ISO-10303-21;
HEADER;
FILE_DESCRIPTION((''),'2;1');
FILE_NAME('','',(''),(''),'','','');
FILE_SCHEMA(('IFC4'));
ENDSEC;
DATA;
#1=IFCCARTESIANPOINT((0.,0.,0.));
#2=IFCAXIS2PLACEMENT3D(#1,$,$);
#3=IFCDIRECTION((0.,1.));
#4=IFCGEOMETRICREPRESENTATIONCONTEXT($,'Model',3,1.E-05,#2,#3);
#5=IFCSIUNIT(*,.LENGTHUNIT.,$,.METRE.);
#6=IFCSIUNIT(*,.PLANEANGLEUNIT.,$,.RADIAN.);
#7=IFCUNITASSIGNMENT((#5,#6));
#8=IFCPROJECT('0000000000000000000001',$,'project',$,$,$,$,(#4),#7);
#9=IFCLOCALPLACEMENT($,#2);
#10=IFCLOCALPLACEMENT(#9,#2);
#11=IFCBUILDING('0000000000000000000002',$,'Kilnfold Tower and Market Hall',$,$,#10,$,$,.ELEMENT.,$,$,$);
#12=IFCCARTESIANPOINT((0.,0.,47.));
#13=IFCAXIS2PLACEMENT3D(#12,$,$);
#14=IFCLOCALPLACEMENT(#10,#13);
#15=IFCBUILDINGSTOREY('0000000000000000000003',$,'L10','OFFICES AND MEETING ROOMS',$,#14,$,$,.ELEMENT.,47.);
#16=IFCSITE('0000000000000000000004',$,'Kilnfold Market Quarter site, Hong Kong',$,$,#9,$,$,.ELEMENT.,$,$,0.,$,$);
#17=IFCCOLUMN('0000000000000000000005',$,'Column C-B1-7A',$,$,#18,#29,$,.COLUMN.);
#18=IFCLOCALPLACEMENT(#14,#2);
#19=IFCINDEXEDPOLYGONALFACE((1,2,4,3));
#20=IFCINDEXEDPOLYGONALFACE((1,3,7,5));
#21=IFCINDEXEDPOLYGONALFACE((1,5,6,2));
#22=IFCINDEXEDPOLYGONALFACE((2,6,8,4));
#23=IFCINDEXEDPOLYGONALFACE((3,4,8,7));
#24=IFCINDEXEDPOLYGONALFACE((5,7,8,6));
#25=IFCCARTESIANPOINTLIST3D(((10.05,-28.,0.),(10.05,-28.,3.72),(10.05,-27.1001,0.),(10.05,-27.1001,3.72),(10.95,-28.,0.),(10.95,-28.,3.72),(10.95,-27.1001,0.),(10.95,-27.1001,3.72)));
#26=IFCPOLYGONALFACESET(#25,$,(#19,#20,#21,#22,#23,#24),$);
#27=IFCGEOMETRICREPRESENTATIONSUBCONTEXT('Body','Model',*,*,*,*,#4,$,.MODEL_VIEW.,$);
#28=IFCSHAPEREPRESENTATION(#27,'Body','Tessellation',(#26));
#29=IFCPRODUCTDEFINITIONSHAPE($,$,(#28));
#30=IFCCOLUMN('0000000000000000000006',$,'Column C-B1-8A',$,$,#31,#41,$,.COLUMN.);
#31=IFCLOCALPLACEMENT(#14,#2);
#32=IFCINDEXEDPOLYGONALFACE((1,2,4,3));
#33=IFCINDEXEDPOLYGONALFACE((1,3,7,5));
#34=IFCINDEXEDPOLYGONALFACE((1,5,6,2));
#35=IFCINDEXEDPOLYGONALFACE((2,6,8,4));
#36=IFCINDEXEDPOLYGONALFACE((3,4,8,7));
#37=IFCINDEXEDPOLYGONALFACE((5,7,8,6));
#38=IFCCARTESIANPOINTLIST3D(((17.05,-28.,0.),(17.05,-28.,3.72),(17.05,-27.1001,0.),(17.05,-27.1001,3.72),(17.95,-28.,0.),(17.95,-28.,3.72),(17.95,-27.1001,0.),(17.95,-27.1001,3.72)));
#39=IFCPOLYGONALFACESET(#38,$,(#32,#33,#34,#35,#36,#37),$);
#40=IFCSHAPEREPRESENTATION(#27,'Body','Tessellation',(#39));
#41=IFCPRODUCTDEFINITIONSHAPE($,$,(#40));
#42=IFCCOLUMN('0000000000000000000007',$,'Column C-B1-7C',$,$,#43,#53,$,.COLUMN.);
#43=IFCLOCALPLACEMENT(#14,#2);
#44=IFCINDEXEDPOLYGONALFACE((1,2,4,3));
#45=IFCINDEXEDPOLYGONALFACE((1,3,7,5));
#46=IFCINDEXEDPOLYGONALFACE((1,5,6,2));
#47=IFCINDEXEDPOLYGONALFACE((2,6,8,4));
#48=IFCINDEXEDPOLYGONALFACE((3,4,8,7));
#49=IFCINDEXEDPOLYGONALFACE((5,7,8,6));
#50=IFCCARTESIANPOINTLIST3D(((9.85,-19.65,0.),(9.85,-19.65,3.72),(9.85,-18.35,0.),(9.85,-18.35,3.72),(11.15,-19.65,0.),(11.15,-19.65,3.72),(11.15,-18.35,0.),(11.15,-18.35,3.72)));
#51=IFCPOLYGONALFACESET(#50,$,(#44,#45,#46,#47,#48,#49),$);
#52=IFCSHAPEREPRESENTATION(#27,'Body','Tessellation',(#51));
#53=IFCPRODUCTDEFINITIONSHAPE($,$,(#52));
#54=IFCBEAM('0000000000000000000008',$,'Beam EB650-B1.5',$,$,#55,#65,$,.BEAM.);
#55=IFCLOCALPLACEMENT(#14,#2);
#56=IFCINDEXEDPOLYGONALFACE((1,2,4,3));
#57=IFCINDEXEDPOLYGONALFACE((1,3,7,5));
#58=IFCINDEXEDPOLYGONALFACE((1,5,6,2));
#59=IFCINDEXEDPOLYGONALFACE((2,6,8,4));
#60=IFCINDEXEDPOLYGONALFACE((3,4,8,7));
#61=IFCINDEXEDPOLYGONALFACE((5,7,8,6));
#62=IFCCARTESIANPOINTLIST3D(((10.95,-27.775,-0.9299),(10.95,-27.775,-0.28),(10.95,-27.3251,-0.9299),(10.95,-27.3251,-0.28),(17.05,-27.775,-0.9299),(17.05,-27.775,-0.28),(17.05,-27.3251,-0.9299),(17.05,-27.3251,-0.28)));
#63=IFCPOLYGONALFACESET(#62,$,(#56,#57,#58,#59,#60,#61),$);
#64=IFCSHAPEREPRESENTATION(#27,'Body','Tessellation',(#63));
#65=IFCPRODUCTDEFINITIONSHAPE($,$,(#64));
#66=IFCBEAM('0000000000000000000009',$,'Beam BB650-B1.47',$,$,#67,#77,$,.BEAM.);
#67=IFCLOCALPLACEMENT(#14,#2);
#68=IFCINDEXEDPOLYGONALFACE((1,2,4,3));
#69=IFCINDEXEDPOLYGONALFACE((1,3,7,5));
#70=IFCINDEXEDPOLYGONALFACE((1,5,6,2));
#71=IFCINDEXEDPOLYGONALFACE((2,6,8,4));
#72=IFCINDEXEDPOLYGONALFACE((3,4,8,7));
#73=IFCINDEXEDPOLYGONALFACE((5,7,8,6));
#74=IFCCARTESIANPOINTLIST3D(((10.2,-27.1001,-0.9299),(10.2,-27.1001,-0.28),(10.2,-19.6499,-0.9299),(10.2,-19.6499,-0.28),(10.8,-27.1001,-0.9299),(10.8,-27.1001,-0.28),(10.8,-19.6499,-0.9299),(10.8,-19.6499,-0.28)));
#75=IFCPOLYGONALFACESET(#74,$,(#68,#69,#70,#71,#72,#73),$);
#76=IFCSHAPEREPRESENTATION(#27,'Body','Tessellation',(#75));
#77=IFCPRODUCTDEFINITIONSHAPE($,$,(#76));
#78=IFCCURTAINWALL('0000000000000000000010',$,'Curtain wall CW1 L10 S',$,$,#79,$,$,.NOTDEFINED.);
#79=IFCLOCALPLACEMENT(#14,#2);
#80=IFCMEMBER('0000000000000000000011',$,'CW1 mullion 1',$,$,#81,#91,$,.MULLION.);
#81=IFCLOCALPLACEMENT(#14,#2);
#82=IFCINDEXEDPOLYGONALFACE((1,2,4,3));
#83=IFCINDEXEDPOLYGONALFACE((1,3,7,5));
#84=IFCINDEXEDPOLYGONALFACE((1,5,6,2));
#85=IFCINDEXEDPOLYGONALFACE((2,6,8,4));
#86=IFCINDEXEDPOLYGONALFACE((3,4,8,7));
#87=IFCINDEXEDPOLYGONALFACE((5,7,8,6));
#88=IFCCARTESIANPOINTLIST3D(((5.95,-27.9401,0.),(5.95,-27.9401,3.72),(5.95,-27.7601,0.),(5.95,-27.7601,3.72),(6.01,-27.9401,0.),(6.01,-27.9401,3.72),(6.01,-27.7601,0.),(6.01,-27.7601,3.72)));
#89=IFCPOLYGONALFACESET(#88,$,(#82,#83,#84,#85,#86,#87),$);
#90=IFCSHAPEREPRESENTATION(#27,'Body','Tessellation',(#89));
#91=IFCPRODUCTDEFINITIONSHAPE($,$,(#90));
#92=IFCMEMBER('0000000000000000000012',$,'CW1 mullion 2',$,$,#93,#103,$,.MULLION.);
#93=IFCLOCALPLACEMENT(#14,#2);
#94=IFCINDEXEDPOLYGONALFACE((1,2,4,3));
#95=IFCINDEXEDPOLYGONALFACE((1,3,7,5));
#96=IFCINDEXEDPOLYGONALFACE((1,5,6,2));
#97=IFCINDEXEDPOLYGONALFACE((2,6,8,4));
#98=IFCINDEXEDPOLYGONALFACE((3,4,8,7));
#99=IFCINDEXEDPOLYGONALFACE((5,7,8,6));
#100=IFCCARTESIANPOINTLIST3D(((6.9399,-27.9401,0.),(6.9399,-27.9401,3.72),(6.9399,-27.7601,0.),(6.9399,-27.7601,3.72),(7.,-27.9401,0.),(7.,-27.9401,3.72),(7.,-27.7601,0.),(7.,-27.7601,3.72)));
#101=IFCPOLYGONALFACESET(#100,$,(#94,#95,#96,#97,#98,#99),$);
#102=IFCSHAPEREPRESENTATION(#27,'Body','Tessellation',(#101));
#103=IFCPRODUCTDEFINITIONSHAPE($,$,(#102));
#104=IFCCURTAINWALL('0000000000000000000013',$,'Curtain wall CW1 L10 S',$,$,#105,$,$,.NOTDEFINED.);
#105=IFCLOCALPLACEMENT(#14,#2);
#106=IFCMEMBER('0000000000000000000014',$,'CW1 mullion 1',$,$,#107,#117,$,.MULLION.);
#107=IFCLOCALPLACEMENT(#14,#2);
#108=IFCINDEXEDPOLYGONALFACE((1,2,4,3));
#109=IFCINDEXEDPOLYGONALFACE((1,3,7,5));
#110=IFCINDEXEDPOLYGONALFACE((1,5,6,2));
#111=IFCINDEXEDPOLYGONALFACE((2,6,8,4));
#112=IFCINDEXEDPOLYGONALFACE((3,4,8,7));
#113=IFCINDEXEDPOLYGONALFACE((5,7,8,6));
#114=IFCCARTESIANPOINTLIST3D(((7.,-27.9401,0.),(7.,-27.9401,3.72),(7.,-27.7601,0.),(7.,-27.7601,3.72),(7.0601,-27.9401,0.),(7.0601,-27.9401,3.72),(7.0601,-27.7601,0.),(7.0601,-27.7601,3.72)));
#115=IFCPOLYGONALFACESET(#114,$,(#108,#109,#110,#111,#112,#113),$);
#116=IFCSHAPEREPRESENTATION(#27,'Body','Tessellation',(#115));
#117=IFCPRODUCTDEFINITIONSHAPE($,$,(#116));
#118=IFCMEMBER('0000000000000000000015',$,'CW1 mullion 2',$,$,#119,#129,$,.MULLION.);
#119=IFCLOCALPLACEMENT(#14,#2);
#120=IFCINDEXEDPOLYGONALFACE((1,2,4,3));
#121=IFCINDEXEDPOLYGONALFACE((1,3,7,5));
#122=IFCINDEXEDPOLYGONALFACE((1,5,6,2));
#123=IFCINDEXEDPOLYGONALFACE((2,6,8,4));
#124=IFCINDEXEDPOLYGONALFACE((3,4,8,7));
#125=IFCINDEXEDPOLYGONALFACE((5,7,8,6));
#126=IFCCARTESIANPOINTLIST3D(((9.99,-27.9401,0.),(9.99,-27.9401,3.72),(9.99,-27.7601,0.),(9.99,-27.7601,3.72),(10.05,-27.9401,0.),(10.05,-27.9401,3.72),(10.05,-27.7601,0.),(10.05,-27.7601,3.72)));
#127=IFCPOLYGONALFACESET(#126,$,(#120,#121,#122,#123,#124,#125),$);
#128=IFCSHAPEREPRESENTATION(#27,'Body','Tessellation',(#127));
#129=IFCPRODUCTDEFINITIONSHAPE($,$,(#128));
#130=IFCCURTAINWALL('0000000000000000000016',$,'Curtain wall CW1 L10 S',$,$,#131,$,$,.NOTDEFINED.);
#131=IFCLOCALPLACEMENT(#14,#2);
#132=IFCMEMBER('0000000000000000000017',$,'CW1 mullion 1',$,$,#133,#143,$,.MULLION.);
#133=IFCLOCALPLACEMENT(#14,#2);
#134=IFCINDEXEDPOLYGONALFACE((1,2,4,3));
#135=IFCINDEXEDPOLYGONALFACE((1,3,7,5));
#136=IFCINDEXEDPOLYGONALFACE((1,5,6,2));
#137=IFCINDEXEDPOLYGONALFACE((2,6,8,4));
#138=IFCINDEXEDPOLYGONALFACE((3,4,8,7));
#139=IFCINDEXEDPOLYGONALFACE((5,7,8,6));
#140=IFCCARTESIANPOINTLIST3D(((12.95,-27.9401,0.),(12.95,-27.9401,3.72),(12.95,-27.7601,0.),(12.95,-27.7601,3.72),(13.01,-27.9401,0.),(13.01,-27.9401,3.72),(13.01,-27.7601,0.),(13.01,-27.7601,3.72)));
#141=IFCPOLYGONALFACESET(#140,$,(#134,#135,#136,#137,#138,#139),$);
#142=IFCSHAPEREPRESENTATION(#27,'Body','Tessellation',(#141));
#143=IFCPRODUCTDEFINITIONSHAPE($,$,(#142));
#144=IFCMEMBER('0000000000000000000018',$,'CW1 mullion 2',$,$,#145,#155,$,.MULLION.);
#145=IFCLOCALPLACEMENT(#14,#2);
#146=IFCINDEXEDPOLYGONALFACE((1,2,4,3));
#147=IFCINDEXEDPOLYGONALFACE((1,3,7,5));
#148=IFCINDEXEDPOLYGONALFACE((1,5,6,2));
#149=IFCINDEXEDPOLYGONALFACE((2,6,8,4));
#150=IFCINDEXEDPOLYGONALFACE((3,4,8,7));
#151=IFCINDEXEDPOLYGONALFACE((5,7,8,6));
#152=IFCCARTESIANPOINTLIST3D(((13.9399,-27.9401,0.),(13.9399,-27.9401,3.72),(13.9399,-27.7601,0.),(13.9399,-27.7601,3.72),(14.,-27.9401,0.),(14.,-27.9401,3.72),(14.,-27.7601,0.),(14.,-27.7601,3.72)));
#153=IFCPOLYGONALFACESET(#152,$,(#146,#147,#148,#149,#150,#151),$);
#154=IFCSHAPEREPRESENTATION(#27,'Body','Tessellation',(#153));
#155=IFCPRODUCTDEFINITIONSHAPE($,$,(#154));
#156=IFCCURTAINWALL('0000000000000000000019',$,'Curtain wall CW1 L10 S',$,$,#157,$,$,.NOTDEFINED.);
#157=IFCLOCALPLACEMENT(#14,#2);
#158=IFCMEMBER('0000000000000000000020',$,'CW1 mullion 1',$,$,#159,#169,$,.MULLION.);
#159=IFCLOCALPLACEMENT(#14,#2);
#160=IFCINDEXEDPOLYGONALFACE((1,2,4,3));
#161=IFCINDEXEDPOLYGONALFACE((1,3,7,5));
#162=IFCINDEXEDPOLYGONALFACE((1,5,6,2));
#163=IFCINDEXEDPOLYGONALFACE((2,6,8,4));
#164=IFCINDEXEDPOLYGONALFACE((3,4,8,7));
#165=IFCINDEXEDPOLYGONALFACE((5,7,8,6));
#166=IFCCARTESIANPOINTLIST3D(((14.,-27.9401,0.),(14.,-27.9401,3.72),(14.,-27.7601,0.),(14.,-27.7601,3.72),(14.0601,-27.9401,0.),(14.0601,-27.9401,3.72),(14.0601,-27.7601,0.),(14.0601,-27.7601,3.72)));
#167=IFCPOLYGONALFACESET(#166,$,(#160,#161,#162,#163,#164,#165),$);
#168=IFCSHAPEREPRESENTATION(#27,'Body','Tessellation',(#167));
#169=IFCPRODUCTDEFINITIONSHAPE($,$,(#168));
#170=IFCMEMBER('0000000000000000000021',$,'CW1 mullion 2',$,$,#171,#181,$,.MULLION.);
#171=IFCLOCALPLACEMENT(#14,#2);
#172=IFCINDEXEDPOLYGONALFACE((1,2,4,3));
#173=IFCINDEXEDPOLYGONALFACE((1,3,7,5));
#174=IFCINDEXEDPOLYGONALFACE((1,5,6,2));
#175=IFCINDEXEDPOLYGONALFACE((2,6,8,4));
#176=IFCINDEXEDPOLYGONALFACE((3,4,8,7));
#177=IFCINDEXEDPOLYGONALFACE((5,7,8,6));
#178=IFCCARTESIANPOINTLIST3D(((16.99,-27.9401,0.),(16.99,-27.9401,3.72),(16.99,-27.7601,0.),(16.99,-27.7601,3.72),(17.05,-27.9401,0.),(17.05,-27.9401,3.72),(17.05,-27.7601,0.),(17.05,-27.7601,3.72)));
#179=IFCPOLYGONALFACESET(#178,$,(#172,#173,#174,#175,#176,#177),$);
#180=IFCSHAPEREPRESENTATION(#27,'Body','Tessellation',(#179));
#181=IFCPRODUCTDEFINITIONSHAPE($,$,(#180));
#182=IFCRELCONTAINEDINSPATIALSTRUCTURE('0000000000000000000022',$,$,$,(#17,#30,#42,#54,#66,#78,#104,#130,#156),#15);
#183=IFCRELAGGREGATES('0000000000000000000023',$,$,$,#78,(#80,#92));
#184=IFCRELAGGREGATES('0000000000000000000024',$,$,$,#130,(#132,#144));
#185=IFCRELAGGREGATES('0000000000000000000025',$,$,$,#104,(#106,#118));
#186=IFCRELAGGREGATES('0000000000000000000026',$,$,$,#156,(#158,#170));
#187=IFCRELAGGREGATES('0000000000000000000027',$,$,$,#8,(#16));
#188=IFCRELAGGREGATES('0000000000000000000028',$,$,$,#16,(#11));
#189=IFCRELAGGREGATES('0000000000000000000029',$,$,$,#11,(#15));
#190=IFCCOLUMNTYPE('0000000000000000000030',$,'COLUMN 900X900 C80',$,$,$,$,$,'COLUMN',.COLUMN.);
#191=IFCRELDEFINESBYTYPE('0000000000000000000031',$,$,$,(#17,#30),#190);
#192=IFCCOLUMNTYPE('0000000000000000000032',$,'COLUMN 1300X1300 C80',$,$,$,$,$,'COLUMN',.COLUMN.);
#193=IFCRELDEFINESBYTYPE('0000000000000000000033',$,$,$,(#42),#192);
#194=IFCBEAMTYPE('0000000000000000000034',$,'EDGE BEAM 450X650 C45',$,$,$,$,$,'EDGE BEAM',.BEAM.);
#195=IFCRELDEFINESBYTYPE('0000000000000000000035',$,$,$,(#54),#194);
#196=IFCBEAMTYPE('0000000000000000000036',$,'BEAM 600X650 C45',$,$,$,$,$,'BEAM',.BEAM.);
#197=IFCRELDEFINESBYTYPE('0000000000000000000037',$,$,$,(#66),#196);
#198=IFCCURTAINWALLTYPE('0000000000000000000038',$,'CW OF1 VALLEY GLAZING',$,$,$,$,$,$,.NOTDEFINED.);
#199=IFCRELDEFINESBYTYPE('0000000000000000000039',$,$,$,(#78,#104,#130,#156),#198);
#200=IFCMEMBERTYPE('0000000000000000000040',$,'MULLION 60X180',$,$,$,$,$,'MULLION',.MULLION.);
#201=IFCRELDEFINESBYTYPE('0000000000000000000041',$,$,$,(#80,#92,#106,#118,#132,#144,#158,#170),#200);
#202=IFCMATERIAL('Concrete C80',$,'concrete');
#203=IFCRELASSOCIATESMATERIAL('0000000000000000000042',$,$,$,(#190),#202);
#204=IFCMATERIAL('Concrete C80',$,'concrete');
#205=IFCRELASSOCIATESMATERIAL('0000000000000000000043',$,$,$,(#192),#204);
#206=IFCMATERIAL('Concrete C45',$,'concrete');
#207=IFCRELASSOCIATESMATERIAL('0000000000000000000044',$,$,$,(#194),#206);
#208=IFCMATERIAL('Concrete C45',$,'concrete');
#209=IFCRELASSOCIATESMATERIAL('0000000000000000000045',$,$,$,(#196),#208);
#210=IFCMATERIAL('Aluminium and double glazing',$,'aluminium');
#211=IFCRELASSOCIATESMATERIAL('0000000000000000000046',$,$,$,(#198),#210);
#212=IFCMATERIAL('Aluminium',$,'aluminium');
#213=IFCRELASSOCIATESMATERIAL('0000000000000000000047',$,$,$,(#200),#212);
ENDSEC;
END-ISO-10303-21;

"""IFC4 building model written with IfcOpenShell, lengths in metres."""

from ifc_helpers import new_model, si_unit, direction, frame, origin, origin_2d, place, context, subcontext, project, spatial, rectangle, extrude, source, transform, mapped, material, material_profile, profile_set, type_object, element, aggregate, save


model = new_model("IFC4")

# Units and contexts
model_context = context("Model", 3, precision=1e-05, world=origin(), true_north=direction((0.0, 1.0)))
body_context = subcontext(model_context, "Body", "Model", "MODEL_VIEW")
ifc_project = project(units=[si_unit("LENGTHUNIT", "METRE"), si_unit("PLANEANGLEUNIT", "RADIAN")], contexts=[model_context])

# Site, building, storey
site_placement = place(None, origin())
site = spatial("IfcSite", under=ifc_project, at=site_placement, Name="Kilnfold Market Quarter site, Hong Kong", CompositionType="ELEMENT", RefElevation=0.0)
building_placement = place(site_placement, origin())
building = spatial("IfcBuilding", under=site, at=building_placement, Name="Kilnfold Tower and Market Hall", CompositionType="ELEMENT")
storey_placement = place(building_placement, frame((0.0, 0.0, 47.0)))
storey = spatial("IfcBuildingStorey", under=building, at=storey_placement, Name="L10", Description="OFFICES AND MEETING ROOMS", CompositionType="ELEMENT", Elevation=47.0)

# Columns
ifc_material_1 = material(Name="Concrete C80", Category="concrete")
ifc_material_profile_1 = material_profile(ifc_material_1, rectangle(XDim=0.8999, YDim=0.8999, at=origin_2d()), Name="RC 900x900")
ifc_profile_set_1 = profile_set([ifc_material_profile_1], Name="Concrete C80")
column_type_1 = type_object("IfcColumnType", Name="COLUMN 900X900 C80", ElementType="COLUMN", PredefinedType="COLUMN", material=ifc_profile_set_1)
shared_shape_1 = source(origin(), body_context, "Body", "SweptSolid", [
    extrude(rectangle(XDim=0.8999, YDim=0.8999, at=origin_2d()), origin(), (0.0, 0.0, 1.0), 3.72),
])
for number, where, z_axis, x_axis, name in (
    (1, (10.5, -27.55, 0.0), (0.0, 0.0, 1.0), (1.0, 0.0, 0.0), "Column C-B1-7A"),
    (2, (17.5, -27.55, 0.0), (0.0, 0.0, 1.0), (1.0, 0.0, 0.0), "Column C-B1-8A"),
):
    element("IfcColumn", number, at=place(storey_placement, frame(where, z_axis=z_axis, x_axis=x_axis)), inside=storey, type_object=column_type_1, Name=name, PredefinedType="COLUMN", context=body_context, shape_type="MappedRepresentation", body=[
        mapped(shared_shape_1, transform((0.0, 0.0, 0.0))),
    ])
ifc_material_2 = material(Name="Concrete C80", Category="concrete")
ifc_material_profile_2 = material_profile(ifc_material_2, rectangle(XDim=1.3, YDim=1.3, at=origin_2d()), Name="RC 1300x1300")
ifc_profile_set_2 = profile_set([ifc_material_profile_2], Name="Concrete C80")
column_type_2 = type_object("IfcColumnType", Name="COLUMN 1300X1300 C80", ElementType="COLUMN", PredefinedType="COLUMN", material=ifc_profile_set_2)
shared_shape_2 = source(origin(), body_context, "Body", "SweptSolid", [
    extrude(rectangle(XDim=1.3, YDim=1.3, at=origin_2d()), origin(), (0.0, 0.0, 1.0), 3.72),
])
column_placement = place(storey_placement, frame((10.5, -19.0, 0.0), z_axis=(0.0, 0.0, 1.0), x_axis=(1.0, 0.0, 0.0)))
element("IfcColumn", 3, at=column_placement, inside=storey, type_object=column_type_2, Name="Column C-B1-7C", PredefinedType="COLUMN", context=body_context, shape_type="MappedRepresentation", body=[
    mapped(shared_shape_2, transform((0.0, 0.0, 0.0))),
])

# Beams
ifc_material_3 = material(Name="Concrete C45", Category="concrete")
ifc_material_profile_3 = material_profile(ifc_material_3, rectangle(XDim=0.45, YDim=0.6499, at=origin_2d()), Name="RC 450x650")
ifc_profile_set_3 = profile_set([ifc_material_profile_3], Name="Concrete C45")
beam_type_1 = type_object("IfcBeamType", Name="EDGE BEAM 450X650 C45", ElementType="EDGE BEAM", PredefinedType="BEAM", material=ifc_profile_set_3)
shared_shape_3 = source(origin(), body_context, "Body", "SweptSolid", [
    extrude(rectangle(XDim=0.45, YDim=0.6499, at=origin_2d()), origin(), (0.0, 0.0, 1.0), 6.1001),
])
beam_1_placement = place(storey_placement, frame((10.95, -27.55, -0.605), z_axis=(1.0, 0.0, 0.0), x_axis=(0.0, 1.0, 0.0)))
element("IfcBeam", 4, at=beam_1_placement, inside=storey, type_object=beam_type_1, Name="Beam EB650-B1.5", PredefinedType="BEAM", context=body_context, shape_type="MappedRepresentation", body=[
    mapped(shared_shape_3, transform((0.0, 0.0, 0.0))),
])
ifc_material_4 = material(Name="Concrete C45", Category="concrete")
ifc_material_profile_4 = material_profile(ifc_material_4, rectangle(XDim=0.6001, YDim=0.6499, at=origin_2d()), Name="RC 600x650")
ifc_profile_set_4 = profile_set([ifc_material_profile_4], Name="Concrete C45")
beam_type_2 = type_object("IfcBeamType", Name="BEAM 600X650 C45", ElementType="BEAM", PredefinedType="BEAM", material=ifc_profile_set_4)
shared_shape_4 = source(origin(), body_context, "Body", "SweptSolid", [
    extrude(rectangle(XDim=0.6001, YDim=0.6499, at=origin_2d()), origin(), (0.0, 0.0, 1.0), 7.4502),
])
beam_2_placement = place(storey_placement, frame((10.5, -27.1001, -0.605), z_axis=(0.0, 1.0, 0.0), x_axis=(-1.0, 0.0, 0.0)))
element("IfcBeam", 5, at=beam_2_placement, inside=storey, type_object=beam_type_2, Name="Beam BB650-B1.47", PredefinedType="BEAM", context=body_context, shape_type="MappedRepresentation", body=[
    mapped(shared_shape_4, transform((0.0, 0.0, 0.0))),
])

# Curtain walls, members
ifc_material_5 = material(Name="Aluminium and double glazing", Category="aluminium")
curtain_wall_type = type_object("IfcCurtainWallType", Name="CW OF1 VALLEY GLAZING", PredefinedType="NOTDEFINED", material=ifc_material_5)
curtain_wall_1_placement = place(storey_placement, origin())
curtain_wall_1 = element("IfcCurtainWall", 6, at=curtain_wall_1_placement, inside=storey, type_object=curtain_wall_type, Name="Curtain wall CW1 L10 S", PredefinedType="NOTDEFINED")
ifc_material_6 = material(Name="Aluminium", Category="aluminium")
ifc_material_profile_5 = material_profile(ifc_material_6, rectangle(XDim=0.0601, YDim=0.1799, at=origin_2d()), Name="MULLION 60x180")
ifc_profile_set_5 = profile_set([ifc_material_profile_5], Name="Aluminium")
member_type_1 = type_object("IfcMemberType", Name="MULLION 60X180", ElementType="MULLION", PredefinedType="MULLION", material=ifc_profile_set_5)
shared_shape_5 = source(origin(), body_context, "Body", "SweptSolid", [
    extrude(rectangle(XDim=0.0601, YDim=0.1799, at=origin_2d()), origin(), (0.0, 0.0, 1.0), 3.72),
])
member_1_placement = place(storey_placement, frame((5.98, -27.8501, 0.0), z_axis=(0.0, 0.0, 1.0), x_axis=(1.0, 0.0, 0.0)))
member_1 = element("IfcMember", 7, at=member_1_placement, type_object=member_type_1, Name="CW1 mullion 1", PredefinedType="MULLION", context=body_context, shape_type="MappedRepresentation", body=[
    mapped(shared_shape_5, transform((0.0, 0.0, 0.0))),
])
member_2_placement = place(storey_placement, frame((6.97, -27.8501, 0.0), z_axis=(0.0, 0.0, 1.0), x_axis=(1.0, 0.0, 0.0)))
member_2 = element("IfcMember", 8, at=member_2_placement, type_object=member_type_1, Name="CW1 mullion 2", PredefinedType="MULLION", context=body_context, shape_type="MappedRepresentation", body=[
    mapped(shared_shape_5, transform((0.0, 0.0, 0.0))),
])
curtain_wall_2_placement = place(storey_placement, origin())
curtain_wall_2 = element("IfcCurtainWall", 9, at=curtain_wall_2_placement, inside=storey, type_object=curtain_wall_type, Name="Curtain wall CW1 L10 S", PredefinedType="NOTDEFINED")
member_3_placement = place(storey_placement, frame((7.03, -27.8501, 0.0), z_axis=(0.0, 0.0, 1.0), x_axis=(1.0, 0.0, 0.0)))
member_3 = element("IfcMember", 10, at=member_3_placement, type_object=member_type_1, Name="CW1 mullion 1", PredefinedType="MULLION", context=body_context, shape_type="MappedRepresentation", body=[
    mapped(shared_shape_5, transform((0.0, 0.0, 0.0))),
])
member_4_placement = place(storey_placement, frame((10.02, -27.8501, 0.0), z_axis=(0.0, 0.0, 1.0), x_axis=(1.0, 0.0, 0.0)))
member_4 = element("IfcMember", 11, at=member_4_placement, type_object=member_type_1, Name="CW1 mullion 2", PredefinedType="MULLION", context=body_context, shape_type="MappedRepresentation", body=[
    mapped(shared_shape_5, transform((0.0, 0.0, 0.0))),
])
curtain_wall_3_placement = place(storey_placement, origin())
curtain_wall_3 = element("IfcCurtainWall", 12, at=curtain_wall_3_placement, inside=storey, type_object=curtain_wall_type, Name="Curtain wall CW1 L10 S", PredefinedType="NOTDEFINED")
member_5_placement = place(storey_placement, frame((12.98, -27.8501, 0.0), z_axis=(0.0, 0.0, 1.0), x_axis=(1.0, 0.0, 0.0)))
member_5 = element("IfcMember", 13, at=member_5_placement, type_object=member_type_1, Name="CW1 mullion 1", PredefinedType="MULLION", context=body_context, shape_type="MappedRepresentation", body=[
    mapped(shared_shape_5, transform((0.0, 0.0, 0.0))),
])
member_6_placement = place(storey_placement, frame((13.97, -27.8501, 0.0), z_axis=(0.0, 0.0, 1.0), x_axis=(1.0, 0.0, 0.0)))
member_6 = element("IfcMember", 14, at=member_6_placement, type_object=member_type_1, Name="CW1 mullion 2", PredefinedType="MULLION", context=body_context, shape_type="MappedRepresentation", body=[
    mapped(shared_shape_5, transform((0.0, 0.0, 0.0))),
])
curtain_wall_4_placement = place(storey_placement, origin())
curtain_wall_4 = element("IfcCurtainWall", 15, at=curtain_wall_4_placement, inside=storey, type_object=curtain_wall_type, Name="Curtain wall CW1 L10 S", PredefinedType="NOTDEFINED")
member_7_placement = place(storey_placement, frame((14.03, -27.8501, 0.0), z_axis=(0.0, 0.0, 1.0), x_axis=(1.0, 0.0, 0.0)))
member_7 = element("IfcMember", 16, at=member_7_placement, type_object=member_type_1, Name="CW1 mullion 1", PredefinedType="MULLION", context=body_context, shape_type="MappedRepresentation", body=[
    mapped(shared_shape_5, transform((0.0, 0.0, 0.0))),
])
member_8_placement = place(storey_placement, frame((17.02, -27.8501, 0.0), z_axis=(0.0, 0.0, 1.0), x_axis=(1.0, 0.0, 0.0)))
member_8 = element("IfcMember", 17, at=member_8_placement, type_object=member_type_1, Name="CW1 mullion 2", PredefinedType="MULLION", context=body_context, shape_type="MappedRepresentation", body=[
    mapped(shared_shape_5, transform((0.0, 0.0, 0.0))),
])

aggregate(curtain_wall_1, [member_1, member_2])
aggregate(curtain_wall_3, [member_5, member_6])
aggregate(curtain_wall_2, [member_3, member_4])
aggregate(curtain_wall_4, [member_7, member_8])

save(model, "model.ifc")
